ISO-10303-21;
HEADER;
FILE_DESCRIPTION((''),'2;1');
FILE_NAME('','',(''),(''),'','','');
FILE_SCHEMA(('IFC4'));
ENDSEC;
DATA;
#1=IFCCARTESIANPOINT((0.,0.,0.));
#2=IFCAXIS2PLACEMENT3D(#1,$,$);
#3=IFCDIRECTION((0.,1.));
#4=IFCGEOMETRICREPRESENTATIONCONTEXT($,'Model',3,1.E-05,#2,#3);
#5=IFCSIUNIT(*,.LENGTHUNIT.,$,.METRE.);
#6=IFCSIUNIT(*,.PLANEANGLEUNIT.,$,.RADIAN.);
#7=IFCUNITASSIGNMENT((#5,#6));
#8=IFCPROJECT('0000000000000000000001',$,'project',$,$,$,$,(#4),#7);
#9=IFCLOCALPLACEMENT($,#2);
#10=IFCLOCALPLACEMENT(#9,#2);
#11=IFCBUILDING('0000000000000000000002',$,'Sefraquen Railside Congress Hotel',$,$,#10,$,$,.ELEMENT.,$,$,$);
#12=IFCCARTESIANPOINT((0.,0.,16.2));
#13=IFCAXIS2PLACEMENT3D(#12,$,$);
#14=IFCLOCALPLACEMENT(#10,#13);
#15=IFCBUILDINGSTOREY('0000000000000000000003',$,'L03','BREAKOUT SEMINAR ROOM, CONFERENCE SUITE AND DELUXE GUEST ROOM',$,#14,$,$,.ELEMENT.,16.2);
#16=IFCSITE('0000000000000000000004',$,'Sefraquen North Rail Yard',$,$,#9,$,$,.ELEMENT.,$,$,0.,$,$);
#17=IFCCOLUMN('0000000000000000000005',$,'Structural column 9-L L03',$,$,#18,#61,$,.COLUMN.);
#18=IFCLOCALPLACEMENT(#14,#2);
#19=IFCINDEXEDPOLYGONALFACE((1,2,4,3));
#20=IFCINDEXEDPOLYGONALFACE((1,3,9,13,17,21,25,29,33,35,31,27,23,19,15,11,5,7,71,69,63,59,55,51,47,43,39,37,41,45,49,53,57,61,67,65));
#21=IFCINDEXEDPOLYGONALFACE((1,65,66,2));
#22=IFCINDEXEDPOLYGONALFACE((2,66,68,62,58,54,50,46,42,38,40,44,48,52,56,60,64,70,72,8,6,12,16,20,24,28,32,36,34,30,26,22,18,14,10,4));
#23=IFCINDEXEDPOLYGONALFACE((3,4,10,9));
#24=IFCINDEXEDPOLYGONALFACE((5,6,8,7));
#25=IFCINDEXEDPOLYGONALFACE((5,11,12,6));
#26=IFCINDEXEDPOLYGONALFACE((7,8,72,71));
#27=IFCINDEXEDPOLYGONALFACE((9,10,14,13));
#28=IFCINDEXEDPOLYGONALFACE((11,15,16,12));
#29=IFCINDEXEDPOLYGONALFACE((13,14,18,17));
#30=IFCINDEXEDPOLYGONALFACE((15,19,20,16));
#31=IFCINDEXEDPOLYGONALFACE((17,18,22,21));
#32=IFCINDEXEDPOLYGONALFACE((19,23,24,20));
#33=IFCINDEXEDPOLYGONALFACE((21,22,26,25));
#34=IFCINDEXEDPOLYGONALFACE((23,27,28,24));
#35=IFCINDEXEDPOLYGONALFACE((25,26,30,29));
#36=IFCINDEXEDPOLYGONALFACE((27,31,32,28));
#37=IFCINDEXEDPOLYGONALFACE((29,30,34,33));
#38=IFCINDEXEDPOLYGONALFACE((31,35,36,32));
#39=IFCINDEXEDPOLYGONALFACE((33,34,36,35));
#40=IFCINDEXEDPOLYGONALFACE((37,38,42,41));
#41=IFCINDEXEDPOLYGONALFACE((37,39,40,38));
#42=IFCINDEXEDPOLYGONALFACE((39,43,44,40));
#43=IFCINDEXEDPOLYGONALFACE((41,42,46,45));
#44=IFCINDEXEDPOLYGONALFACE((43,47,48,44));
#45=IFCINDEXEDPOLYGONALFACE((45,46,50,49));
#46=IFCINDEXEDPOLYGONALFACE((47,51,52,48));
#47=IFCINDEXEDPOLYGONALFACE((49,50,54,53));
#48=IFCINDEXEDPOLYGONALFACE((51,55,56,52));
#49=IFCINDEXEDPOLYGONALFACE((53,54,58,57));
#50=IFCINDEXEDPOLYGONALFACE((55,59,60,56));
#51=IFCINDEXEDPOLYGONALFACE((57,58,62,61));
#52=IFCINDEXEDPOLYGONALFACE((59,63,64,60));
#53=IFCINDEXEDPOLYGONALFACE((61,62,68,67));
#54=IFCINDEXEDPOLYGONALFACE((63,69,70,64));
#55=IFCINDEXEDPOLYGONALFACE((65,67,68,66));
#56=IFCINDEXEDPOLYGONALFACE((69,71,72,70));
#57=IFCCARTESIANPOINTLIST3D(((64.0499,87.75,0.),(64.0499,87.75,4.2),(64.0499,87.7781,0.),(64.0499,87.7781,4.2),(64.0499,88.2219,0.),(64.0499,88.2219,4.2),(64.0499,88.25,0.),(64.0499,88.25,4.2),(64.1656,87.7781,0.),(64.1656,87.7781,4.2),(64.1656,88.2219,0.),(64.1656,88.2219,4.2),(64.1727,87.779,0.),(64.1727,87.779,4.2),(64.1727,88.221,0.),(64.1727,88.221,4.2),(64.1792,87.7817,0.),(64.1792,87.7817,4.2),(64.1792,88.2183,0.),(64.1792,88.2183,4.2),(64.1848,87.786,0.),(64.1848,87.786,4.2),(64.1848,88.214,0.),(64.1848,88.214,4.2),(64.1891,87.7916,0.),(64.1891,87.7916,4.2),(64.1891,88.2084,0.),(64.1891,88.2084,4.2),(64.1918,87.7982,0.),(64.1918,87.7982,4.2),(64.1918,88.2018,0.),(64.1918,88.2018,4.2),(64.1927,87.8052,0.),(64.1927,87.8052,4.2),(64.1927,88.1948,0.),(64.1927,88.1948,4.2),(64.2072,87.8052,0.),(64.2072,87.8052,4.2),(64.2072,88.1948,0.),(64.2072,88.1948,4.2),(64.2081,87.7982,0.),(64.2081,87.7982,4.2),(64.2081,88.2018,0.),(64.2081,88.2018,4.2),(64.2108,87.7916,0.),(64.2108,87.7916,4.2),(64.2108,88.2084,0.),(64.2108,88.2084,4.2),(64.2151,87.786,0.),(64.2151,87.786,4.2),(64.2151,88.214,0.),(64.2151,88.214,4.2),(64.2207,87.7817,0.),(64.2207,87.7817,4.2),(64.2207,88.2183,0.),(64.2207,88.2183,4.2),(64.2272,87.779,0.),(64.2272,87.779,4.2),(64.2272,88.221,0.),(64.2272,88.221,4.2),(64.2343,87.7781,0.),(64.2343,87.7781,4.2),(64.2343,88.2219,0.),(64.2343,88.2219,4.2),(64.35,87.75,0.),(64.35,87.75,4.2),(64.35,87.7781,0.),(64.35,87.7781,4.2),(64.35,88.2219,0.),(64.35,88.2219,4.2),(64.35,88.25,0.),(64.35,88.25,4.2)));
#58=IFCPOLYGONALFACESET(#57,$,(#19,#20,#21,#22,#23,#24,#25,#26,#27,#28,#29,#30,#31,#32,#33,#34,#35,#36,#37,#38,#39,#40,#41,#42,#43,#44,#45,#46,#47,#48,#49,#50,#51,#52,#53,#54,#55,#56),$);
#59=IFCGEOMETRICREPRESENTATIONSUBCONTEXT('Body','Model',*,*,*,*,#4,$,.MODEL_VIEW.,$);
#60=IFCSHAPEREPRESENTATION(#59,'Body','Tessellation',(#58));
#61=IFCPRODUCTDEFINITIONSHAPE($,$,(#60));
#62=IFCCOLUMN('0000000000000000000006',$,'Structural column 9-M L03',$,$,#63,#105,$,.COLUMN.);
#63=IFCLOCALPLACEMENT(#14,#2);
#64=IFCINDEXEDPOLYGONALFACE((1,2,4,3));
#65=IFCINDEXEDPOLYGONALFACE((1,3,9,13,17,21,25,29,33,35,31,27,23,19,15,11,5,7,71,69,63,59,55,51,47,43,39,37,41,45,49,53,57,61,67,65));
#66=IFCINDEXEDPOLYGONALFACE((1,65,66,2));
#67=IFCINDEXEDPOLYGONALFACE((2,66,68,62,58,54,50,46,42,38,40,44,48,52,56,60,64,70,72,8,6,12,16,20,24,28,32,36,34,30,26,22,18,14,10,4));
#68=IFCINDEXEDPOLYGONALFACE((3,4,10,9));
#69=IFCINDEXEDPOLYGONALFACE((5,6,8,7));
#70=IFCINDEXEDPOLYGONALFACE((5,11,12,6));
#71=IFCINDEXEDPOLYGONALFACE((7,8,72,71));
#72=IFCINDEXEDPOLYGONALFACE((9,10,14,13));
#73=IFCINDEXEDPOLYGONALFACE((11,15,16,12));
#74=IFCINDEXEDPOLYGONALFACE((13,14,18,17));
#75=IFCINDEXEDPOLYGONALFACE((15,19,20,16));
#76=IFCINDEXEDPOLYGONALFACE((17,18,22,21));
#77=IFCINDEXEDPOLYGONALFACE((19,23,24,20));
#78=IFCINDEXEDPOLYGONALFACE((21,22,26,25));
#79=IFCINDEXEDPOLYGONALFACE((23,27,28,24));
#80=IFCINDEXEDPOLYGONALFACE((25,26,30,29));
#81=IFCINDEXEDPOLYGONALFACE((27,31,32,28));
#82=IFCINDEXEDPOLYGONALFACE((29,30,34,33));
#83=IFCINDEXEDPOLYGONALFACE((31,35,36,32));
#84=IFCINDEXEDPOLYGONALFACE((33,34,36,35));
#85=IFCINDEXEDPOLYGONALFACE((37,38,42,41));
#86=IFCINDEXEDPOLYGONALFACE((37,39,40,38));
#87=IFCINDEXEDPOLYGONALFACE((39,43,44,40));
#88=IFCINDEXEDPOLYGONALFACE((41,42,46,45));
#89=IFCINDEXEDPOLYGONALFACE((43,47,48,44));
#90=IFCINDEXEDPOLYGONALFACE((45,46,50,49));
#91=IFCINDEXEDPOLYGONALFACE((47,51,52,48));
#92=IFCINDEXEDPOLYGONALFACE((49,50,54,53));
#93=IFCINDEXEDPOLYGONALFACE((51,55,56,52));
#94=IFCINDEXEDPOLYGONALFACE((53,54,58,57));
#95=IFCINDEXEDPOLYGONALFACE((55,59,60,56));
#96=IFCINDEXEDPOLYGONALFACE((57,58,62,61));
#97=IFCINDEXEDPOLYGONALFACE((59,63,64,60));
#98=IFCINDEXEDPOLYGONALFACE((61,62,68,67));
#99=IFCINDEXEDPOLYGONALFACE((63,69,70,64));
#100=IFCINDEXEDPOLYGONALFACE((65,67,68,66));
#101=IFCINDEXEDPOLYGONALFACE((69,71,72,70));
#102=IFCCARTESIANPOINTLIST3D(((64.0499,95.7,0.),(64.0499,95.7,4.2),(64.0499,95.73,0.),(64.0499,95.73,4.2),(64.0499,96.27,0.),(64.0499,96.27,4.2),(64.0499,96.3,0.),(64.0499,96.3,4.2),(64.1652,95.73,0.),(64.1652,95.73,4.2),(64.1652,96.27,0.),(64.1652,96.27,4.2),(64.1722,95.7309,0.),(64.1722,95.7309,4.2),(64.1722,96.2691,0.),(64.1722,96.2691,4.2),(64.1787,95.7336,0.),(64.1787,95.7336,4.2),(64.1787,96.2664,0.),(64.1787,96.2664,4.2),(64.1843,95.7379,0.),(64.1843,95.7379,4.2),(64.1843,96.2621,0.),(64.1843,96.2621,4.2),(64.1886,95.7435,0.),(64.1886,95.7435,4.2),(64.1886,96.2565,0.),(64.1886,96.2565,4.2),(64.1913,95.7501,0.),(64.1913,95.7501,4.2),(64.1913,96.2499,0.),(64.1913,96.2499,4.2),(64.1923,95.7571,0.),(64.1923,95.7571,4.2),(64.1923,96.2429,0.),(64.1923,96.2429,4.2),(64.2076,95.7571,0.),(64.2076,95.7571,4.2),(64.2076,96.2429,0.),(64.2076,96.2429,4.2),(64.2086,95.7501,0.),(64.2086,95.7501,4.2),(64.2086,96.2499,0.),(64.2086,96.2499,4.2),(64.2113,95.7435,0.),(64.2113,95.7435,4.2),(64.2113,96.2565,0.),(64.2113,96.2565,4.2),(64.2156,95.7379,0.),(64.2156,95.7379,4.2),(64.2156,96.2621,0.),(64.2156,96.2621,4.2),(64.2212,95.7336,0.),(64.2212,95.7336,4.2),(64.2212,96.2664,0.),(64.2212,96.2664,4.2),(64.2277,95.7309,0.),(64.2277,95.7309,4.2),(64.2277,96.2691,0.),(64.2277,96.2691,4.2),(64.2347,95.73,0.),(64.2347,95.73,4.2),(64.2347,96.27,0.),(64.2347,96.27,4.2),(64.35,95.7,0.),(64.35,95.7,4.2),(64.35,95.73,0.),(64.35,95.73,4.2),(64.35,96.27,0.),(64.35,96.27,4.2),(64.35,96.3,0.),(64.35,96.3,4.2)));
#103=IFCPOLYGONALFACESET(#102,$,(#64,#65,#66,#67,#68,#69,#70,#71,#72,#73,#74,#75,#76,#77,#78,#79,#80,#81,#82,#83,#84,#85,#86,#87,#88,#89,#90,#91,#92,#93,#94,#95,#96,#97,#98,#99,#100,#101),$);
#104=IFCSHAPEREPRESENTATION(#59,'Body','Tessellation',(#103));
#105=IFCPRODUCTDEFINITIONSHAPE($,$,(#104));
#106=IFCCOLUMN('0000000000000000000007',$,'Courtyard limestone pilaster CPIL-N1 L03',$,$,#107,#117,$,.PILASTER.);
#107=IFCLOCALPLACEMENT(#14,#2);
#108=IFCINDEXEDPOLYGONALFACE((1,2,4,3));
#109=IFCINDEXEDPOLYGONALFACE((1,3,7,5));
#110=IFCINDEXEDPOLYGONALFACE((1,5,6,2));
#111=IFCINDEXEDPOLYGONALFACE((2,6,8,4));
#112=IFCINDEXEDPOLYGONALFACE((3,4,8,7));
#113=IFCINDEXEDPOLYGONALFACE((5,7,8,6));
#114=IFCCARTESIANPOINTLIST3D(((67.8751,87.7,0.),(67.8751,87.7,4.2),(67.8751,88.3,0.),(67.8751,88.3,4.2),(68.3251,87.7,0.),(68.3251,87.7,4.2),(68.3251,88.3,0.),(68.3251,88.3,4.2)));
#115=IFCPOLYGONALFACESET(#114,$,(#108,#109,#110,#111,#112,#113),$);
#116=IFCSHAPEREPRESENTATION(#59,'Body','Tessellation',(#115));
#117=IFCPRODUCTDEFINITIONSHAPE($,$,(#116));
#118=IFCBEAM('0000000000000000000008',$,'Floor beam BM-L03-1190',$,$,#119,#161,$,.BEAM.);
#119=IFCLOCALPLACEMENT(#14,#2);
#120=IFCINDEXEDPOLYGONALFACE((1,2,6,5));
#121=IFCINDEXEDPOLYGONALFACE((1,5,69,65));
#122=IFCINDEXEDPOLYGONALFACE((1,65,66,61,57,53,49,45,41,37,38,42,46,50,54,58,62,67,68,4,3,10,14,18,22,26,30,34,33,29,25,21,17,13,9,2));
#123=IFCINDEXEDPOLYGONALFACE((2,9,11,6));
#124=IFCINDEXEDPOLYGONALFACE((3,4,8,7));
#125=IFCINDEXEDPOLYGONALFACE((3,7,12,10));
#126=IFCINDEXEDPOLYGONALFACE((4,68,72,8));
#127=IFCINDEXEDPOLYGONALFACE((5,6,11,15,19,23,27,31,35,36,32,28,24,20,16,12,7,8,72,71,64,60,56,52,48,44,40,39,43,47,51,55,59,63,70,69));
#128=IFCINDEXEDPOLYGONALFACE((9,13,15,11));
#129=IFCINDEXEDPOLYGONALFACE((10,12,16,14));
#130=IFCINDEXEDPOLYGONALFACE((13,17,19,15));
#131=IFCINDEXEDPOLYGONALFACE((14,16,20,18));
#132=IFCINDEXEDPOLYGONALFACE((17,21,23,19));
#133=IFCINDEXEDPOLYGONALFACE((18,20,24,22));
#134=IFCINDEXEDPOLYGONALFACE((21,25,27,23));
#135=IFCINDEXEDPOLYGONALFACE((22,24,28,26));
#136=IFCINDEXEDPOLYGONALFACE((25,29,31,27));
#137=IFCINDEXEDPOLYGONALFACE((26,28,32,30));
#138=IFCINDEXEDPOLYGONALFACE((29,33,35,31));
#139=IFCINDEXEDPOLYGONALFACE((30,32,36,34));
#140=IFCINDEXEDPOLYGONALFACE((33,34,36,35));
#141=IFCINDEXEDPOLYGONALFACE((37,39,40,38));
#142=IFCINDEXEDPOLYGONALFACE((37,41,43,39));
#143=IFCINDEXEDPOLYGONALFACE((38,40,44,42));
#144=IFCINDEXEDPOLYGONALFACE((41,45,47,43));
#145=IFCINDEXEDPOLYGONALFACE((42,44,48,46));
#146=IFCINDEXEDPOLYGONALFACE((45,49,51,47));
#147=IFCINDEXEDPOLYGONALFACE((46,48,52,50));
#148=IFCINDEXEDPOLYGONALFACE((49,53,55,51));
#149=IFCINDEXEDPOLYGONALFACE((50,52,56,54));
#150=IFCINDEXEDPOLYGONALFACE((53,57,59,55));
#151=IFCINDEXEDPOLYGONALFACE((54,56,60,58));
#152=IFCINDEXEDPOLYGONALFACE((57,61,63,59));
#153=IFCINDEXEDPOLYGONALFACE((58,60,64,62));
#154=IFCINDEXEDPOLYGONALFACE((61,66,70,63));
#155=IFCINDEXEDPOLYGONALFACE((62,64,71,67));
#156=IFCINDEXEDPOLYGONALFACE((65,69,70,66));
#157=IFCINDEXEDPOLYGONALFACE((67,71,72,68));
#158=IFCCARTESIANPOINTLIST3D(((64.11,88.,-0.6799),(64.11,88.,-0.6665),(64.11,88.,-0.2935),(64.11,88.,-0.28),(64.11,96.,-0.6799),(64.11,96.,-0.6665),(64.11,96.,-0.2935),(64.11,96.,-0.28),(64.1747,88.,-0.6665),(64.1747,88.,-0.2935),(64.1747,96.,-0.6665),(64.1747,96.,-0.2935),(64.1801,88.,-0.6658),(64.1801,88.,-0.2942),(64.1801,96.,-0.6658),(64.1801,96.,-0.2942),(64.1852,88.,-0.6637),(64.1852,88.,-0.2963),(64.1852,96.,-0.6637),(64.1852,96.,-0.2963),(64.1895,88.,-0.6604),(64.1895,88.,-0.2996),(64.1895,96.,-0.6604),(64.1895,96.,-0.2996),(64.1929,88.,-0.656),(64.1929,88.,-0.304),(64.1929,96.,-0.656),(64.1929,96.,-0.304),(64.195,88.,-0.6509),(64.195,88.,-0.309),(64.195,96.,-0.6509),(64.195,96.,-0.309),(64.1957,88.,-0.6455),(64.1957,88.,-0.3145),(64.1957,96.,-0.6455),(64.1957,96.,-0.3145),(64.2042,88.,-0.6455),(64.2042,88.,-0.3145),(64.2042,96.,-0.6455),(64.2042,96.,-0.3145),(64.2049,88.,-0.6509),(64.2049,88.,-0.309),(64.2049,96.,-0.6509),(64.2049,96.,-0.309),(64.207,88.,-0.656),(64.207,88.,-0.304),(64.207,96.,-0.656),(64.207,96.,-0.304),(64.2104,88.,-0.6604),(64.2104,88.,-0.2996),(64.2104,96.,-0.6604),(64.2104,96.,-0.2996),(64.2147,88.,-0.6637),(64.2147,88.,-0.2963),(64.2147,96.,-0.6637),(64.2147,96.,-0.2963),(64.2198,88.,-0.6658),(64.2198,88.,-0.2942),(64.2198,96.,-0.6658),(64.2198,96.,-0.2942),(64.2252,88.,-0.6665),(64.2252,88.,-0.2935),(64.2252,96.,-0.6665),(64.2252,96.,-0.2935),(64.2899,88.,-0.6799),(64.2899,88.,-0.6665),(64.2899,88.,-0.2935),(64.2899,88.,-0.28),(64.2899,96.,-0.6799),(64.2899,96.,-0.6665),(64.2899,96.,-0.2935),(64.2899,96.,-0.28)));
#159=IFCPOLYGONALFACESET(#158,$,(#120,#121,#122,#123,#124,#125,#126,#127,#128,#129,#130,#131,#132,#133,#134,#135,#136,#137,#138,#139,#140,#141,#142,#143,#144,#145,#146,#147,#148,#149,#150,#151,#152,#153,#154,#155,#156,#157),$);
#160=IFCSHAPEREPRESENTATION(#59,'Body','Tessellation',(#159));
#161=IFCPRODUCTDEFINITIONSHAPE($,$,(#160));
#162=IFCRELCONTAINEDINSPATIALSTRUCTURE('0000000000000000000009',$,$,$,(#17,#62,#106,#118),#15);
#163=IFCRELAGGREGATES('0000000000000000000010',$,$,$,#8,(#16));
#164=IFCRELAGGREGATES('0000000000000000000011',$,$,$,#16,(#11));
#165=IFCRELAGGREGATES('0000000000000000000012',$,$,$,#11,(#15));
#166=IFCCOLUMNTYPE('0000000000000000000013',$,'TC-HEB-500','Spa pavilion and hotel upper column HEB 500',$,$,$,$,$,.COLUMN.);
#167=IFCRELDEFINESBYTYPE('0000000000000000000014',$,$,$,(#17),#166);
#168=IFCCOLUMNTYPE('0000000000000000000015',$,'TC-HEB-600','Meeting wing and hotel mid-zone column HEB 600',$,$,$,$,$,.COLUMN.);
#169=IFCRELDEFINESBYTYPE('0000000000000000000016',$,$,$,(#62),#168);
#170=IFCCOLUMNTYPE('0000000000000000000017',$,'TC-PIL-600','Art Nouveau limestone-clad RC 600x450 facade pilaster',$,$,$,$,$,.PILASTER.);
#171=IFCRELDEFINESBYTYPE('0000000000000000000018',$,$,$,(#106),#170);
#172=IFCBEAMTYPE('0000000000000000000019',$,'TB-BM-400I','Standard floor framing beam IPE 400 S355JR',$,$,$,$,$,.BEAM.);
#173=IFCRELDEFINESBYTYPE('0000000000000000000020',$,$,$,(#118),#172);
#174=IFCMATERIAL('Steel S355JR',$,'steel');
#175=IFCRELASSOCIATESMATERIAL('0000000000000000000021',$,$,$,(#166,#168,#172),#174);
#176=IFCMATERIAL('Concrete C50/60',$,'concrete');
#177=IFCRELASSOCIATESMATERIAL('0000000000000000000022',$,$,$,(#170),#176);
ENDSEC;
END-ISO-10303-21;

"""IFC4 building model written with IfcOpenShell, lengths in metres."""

from ifc_helpers import new_model, si_unit, direction, frame, origin, origin_2d, place, context, subcontext, project, spatial, rectangle, i_section, extrude, material, material_profile, profile_set, type_object, element, save


model = new_model("IFC4")

# Units and contexts
model_context = context("Model", 3, precision=1e-05, world=origin(), true_north=direction((0.0, 1.0)))
body_context = subcontext(model_context, "Body", "Model", "MODEL_VIEW")
ifc_project = project(units=[si_unit("LENGTHUNIT", "METRE"), si_unit("PLANEANGLEUNIT", "RADIAN")], contexts=[model_context])

# Site, building, storey
site_placement = place(None, origin())
site = spatial("IfcSite", under=ifc_project, at=site_placement, Name="Sefraquen North Rail Yard", CompositionType="ELEMENT", RefElevation=0.0)
building_placement = place(site_placement, origin())
building = spatial("IfcBuilding", under=site, at=building_placement, Name="Sefraquen Railside Congress Hotel", CompositionType="ELEMENT")
storey_placement = place(building_placement, frame((0.0, 0.0, 16.2)))
storey = spatial("IfcBuildingStorey", under=building, at=storey_placement, Name="L03", Description="BREAKOUT SEMINAR ROOM, CONFERENCE SUITE AND DELUXE GUEST ROOM", CompositionType="ELEMENT", Elevation=16.2)

# Columns
ifc_material_1 = material(Name="Steel S355JR", Category="steel")
ifc_material_profile_1 = material_profile(ifc_material_1, i_section(OverallWidth=0.3, OverallDepth=0.5, WebThickness=0.0144, FlangeThickness=0.0281, FilletRadius=0.0271, at=origin_2d()), Name="HEB 500")
ifc_profile_set_1 = profile_set([ifc_material_profile_1], Name="Steel S355JR")
column_type_1 = type_object("IfcColumnType", Name="TC-HEB-500", Description="Spa pavilion and hotel upper column HEB 500", PredefinedType="COLUMN", material=ifc_profile_set_1)
column_1_placement = place(storey_placement, frame((64.2, 88.0, 0.0), z_axis=(0.0, 0.0, 1.0), x_axis=(1.0, 0.0, 0.0)))
element("IfcColumn", 1, at=column_1_placement, inside=storey, type_object=column_type_1, Name="Structural column 9-L L03", PredefinedType="COLUMN", context=body_context, shape_type="SweptSolid", body=[
    extrude(i_section(OverallWidth=0.3, OverallDepth=0.5, WebThickness=0.0144, FlangeThickness=0.0281, FilletRadius=0.0271, at=origin_2d()), origin(), (0.0, 0.0, 1.0), 4.2),
])
ifc_material_profile_2 = material_profile(ifc_material_1, i_section(OverallWidth=0.3, OverallDepth=0.6001, WebThickness=0.0154, FlangeThickness=0.03, FilletRadius=0.0271, at=origin_2d()), Name="HEB 600")
ifc_profile_set_2 = profile_set([ifc_material_profile_2], Name="Steel S355JR")
column_type_2 = type_object("IfcColumnType", Name="TC-HEB-600", Description="Meeting wing and hotel mid-zone column HEB 600", PredefinedType="COLUMN", material=ifc_profile_set_2)
column_2_placement = place(storey_placement, frame((64.2, 96.0, 0.0), z_axis=(0.0, 0.0, 1.0), x_axis=(1.0, 0.0, 0.0)))
element("IfcColumn", 2, at=column_2_placement, inside=storey, type_object=column_type_2, Name="Structural column 9-M L03", PredefinedType="COLUMN", context=body_context, shape_type="SweptSolid", body=[
    extrude(i_section(OverallWidth=0.3, OverallDepth=0.6001, WebThickness=0.0154, FlangeThickness=0.03, FilletRadius=0.0271, at=origin_2d()), origin(), (0.0, 0.0, 1.0), 4.2),
])
ifc_material_2 = material(Name="Concrete C50/60", Category="concrete")
ifc_material_profile_3 = material_profile(ifc_material_2, rectangle(XDim=0.45, YDim=0.6001, at=origin_2d()), Name="RC 600x450")
ifc_profile_set_3 = profile_set([ifc_material_profile_3], Name="Concrete C50/60")
column_type_3 = type_object("IfcColumnType", Name="TC-PIL-600", Description="Art Nouveau limestone-clad RC 600x450 facade pilaster", PredefinedType="PILASTER", material=ifc_profile_set_3)
column_3_placement = place(storey_placement, frame((68.1001, 88.0, 0.0), z_axis=(0.0, 0.0, 1.0), x_axis=(1.0, 0.0, 0.0)))
element("IfcColumn", 3, at=column_3_placement, inside=storey, type_object=column_type_3, Name="Courtyard limestone pilaster CPIL-N1 L03", PredefinedType="PILASTER", context=body_context, shape_type="SweptSolid", body=[
    extrude(rectangle(XDim=0.45, YDim=0.6001, at=origin_2d()), origin(), (0.0, 0.0, 1.0), 4.2),
])

# Beam
ifc_material_profile_4 = material_profile(ifc_material_1, i_section(OverallWidth=0.1799, OverallDepth=0.3999, WebThickness=0.0085, FlangeThickness=0.0134, FilletRadius=0.021, at=origin_2d()), Name="IPE 400")
ifc_profile_set_4 = profile_set([ifc_material_profile_4], Name="Steel S355JR")
beam_type_1 = type_object("IfcBeamType", Name="TB-BM-400I", Description="Standard floor framing beam IPE 400 S355JR", PredefinedType="BEAM", material=ifc_profile_set_4)
beam_1_placement = place(storey_placement, frame((64.2, 88.0, -0.48), z_axis=(0.0, 1.0, 0.0), x_axis=(-1.0, 0.0, 0.0)))
element("IfcBeam", 4, at=beam_1_placement, inside=storey, type_object=beam_type_1, Name="Floor beam BM-L03-1190", PredefinedType="BEAM", context=body_context, shape_type="SweptSolid", body=[
    extrude(i_section(OverallWidth=0.1799, OverallDepth=0.3999, WebThickness=0.0085, FlangeThickness=0.0134, FilletRadius=0.021, at=origin_2d()), origin(), (0.0, 0.0, 1.0), 8.0),
])

save(model, "model.ifc")
